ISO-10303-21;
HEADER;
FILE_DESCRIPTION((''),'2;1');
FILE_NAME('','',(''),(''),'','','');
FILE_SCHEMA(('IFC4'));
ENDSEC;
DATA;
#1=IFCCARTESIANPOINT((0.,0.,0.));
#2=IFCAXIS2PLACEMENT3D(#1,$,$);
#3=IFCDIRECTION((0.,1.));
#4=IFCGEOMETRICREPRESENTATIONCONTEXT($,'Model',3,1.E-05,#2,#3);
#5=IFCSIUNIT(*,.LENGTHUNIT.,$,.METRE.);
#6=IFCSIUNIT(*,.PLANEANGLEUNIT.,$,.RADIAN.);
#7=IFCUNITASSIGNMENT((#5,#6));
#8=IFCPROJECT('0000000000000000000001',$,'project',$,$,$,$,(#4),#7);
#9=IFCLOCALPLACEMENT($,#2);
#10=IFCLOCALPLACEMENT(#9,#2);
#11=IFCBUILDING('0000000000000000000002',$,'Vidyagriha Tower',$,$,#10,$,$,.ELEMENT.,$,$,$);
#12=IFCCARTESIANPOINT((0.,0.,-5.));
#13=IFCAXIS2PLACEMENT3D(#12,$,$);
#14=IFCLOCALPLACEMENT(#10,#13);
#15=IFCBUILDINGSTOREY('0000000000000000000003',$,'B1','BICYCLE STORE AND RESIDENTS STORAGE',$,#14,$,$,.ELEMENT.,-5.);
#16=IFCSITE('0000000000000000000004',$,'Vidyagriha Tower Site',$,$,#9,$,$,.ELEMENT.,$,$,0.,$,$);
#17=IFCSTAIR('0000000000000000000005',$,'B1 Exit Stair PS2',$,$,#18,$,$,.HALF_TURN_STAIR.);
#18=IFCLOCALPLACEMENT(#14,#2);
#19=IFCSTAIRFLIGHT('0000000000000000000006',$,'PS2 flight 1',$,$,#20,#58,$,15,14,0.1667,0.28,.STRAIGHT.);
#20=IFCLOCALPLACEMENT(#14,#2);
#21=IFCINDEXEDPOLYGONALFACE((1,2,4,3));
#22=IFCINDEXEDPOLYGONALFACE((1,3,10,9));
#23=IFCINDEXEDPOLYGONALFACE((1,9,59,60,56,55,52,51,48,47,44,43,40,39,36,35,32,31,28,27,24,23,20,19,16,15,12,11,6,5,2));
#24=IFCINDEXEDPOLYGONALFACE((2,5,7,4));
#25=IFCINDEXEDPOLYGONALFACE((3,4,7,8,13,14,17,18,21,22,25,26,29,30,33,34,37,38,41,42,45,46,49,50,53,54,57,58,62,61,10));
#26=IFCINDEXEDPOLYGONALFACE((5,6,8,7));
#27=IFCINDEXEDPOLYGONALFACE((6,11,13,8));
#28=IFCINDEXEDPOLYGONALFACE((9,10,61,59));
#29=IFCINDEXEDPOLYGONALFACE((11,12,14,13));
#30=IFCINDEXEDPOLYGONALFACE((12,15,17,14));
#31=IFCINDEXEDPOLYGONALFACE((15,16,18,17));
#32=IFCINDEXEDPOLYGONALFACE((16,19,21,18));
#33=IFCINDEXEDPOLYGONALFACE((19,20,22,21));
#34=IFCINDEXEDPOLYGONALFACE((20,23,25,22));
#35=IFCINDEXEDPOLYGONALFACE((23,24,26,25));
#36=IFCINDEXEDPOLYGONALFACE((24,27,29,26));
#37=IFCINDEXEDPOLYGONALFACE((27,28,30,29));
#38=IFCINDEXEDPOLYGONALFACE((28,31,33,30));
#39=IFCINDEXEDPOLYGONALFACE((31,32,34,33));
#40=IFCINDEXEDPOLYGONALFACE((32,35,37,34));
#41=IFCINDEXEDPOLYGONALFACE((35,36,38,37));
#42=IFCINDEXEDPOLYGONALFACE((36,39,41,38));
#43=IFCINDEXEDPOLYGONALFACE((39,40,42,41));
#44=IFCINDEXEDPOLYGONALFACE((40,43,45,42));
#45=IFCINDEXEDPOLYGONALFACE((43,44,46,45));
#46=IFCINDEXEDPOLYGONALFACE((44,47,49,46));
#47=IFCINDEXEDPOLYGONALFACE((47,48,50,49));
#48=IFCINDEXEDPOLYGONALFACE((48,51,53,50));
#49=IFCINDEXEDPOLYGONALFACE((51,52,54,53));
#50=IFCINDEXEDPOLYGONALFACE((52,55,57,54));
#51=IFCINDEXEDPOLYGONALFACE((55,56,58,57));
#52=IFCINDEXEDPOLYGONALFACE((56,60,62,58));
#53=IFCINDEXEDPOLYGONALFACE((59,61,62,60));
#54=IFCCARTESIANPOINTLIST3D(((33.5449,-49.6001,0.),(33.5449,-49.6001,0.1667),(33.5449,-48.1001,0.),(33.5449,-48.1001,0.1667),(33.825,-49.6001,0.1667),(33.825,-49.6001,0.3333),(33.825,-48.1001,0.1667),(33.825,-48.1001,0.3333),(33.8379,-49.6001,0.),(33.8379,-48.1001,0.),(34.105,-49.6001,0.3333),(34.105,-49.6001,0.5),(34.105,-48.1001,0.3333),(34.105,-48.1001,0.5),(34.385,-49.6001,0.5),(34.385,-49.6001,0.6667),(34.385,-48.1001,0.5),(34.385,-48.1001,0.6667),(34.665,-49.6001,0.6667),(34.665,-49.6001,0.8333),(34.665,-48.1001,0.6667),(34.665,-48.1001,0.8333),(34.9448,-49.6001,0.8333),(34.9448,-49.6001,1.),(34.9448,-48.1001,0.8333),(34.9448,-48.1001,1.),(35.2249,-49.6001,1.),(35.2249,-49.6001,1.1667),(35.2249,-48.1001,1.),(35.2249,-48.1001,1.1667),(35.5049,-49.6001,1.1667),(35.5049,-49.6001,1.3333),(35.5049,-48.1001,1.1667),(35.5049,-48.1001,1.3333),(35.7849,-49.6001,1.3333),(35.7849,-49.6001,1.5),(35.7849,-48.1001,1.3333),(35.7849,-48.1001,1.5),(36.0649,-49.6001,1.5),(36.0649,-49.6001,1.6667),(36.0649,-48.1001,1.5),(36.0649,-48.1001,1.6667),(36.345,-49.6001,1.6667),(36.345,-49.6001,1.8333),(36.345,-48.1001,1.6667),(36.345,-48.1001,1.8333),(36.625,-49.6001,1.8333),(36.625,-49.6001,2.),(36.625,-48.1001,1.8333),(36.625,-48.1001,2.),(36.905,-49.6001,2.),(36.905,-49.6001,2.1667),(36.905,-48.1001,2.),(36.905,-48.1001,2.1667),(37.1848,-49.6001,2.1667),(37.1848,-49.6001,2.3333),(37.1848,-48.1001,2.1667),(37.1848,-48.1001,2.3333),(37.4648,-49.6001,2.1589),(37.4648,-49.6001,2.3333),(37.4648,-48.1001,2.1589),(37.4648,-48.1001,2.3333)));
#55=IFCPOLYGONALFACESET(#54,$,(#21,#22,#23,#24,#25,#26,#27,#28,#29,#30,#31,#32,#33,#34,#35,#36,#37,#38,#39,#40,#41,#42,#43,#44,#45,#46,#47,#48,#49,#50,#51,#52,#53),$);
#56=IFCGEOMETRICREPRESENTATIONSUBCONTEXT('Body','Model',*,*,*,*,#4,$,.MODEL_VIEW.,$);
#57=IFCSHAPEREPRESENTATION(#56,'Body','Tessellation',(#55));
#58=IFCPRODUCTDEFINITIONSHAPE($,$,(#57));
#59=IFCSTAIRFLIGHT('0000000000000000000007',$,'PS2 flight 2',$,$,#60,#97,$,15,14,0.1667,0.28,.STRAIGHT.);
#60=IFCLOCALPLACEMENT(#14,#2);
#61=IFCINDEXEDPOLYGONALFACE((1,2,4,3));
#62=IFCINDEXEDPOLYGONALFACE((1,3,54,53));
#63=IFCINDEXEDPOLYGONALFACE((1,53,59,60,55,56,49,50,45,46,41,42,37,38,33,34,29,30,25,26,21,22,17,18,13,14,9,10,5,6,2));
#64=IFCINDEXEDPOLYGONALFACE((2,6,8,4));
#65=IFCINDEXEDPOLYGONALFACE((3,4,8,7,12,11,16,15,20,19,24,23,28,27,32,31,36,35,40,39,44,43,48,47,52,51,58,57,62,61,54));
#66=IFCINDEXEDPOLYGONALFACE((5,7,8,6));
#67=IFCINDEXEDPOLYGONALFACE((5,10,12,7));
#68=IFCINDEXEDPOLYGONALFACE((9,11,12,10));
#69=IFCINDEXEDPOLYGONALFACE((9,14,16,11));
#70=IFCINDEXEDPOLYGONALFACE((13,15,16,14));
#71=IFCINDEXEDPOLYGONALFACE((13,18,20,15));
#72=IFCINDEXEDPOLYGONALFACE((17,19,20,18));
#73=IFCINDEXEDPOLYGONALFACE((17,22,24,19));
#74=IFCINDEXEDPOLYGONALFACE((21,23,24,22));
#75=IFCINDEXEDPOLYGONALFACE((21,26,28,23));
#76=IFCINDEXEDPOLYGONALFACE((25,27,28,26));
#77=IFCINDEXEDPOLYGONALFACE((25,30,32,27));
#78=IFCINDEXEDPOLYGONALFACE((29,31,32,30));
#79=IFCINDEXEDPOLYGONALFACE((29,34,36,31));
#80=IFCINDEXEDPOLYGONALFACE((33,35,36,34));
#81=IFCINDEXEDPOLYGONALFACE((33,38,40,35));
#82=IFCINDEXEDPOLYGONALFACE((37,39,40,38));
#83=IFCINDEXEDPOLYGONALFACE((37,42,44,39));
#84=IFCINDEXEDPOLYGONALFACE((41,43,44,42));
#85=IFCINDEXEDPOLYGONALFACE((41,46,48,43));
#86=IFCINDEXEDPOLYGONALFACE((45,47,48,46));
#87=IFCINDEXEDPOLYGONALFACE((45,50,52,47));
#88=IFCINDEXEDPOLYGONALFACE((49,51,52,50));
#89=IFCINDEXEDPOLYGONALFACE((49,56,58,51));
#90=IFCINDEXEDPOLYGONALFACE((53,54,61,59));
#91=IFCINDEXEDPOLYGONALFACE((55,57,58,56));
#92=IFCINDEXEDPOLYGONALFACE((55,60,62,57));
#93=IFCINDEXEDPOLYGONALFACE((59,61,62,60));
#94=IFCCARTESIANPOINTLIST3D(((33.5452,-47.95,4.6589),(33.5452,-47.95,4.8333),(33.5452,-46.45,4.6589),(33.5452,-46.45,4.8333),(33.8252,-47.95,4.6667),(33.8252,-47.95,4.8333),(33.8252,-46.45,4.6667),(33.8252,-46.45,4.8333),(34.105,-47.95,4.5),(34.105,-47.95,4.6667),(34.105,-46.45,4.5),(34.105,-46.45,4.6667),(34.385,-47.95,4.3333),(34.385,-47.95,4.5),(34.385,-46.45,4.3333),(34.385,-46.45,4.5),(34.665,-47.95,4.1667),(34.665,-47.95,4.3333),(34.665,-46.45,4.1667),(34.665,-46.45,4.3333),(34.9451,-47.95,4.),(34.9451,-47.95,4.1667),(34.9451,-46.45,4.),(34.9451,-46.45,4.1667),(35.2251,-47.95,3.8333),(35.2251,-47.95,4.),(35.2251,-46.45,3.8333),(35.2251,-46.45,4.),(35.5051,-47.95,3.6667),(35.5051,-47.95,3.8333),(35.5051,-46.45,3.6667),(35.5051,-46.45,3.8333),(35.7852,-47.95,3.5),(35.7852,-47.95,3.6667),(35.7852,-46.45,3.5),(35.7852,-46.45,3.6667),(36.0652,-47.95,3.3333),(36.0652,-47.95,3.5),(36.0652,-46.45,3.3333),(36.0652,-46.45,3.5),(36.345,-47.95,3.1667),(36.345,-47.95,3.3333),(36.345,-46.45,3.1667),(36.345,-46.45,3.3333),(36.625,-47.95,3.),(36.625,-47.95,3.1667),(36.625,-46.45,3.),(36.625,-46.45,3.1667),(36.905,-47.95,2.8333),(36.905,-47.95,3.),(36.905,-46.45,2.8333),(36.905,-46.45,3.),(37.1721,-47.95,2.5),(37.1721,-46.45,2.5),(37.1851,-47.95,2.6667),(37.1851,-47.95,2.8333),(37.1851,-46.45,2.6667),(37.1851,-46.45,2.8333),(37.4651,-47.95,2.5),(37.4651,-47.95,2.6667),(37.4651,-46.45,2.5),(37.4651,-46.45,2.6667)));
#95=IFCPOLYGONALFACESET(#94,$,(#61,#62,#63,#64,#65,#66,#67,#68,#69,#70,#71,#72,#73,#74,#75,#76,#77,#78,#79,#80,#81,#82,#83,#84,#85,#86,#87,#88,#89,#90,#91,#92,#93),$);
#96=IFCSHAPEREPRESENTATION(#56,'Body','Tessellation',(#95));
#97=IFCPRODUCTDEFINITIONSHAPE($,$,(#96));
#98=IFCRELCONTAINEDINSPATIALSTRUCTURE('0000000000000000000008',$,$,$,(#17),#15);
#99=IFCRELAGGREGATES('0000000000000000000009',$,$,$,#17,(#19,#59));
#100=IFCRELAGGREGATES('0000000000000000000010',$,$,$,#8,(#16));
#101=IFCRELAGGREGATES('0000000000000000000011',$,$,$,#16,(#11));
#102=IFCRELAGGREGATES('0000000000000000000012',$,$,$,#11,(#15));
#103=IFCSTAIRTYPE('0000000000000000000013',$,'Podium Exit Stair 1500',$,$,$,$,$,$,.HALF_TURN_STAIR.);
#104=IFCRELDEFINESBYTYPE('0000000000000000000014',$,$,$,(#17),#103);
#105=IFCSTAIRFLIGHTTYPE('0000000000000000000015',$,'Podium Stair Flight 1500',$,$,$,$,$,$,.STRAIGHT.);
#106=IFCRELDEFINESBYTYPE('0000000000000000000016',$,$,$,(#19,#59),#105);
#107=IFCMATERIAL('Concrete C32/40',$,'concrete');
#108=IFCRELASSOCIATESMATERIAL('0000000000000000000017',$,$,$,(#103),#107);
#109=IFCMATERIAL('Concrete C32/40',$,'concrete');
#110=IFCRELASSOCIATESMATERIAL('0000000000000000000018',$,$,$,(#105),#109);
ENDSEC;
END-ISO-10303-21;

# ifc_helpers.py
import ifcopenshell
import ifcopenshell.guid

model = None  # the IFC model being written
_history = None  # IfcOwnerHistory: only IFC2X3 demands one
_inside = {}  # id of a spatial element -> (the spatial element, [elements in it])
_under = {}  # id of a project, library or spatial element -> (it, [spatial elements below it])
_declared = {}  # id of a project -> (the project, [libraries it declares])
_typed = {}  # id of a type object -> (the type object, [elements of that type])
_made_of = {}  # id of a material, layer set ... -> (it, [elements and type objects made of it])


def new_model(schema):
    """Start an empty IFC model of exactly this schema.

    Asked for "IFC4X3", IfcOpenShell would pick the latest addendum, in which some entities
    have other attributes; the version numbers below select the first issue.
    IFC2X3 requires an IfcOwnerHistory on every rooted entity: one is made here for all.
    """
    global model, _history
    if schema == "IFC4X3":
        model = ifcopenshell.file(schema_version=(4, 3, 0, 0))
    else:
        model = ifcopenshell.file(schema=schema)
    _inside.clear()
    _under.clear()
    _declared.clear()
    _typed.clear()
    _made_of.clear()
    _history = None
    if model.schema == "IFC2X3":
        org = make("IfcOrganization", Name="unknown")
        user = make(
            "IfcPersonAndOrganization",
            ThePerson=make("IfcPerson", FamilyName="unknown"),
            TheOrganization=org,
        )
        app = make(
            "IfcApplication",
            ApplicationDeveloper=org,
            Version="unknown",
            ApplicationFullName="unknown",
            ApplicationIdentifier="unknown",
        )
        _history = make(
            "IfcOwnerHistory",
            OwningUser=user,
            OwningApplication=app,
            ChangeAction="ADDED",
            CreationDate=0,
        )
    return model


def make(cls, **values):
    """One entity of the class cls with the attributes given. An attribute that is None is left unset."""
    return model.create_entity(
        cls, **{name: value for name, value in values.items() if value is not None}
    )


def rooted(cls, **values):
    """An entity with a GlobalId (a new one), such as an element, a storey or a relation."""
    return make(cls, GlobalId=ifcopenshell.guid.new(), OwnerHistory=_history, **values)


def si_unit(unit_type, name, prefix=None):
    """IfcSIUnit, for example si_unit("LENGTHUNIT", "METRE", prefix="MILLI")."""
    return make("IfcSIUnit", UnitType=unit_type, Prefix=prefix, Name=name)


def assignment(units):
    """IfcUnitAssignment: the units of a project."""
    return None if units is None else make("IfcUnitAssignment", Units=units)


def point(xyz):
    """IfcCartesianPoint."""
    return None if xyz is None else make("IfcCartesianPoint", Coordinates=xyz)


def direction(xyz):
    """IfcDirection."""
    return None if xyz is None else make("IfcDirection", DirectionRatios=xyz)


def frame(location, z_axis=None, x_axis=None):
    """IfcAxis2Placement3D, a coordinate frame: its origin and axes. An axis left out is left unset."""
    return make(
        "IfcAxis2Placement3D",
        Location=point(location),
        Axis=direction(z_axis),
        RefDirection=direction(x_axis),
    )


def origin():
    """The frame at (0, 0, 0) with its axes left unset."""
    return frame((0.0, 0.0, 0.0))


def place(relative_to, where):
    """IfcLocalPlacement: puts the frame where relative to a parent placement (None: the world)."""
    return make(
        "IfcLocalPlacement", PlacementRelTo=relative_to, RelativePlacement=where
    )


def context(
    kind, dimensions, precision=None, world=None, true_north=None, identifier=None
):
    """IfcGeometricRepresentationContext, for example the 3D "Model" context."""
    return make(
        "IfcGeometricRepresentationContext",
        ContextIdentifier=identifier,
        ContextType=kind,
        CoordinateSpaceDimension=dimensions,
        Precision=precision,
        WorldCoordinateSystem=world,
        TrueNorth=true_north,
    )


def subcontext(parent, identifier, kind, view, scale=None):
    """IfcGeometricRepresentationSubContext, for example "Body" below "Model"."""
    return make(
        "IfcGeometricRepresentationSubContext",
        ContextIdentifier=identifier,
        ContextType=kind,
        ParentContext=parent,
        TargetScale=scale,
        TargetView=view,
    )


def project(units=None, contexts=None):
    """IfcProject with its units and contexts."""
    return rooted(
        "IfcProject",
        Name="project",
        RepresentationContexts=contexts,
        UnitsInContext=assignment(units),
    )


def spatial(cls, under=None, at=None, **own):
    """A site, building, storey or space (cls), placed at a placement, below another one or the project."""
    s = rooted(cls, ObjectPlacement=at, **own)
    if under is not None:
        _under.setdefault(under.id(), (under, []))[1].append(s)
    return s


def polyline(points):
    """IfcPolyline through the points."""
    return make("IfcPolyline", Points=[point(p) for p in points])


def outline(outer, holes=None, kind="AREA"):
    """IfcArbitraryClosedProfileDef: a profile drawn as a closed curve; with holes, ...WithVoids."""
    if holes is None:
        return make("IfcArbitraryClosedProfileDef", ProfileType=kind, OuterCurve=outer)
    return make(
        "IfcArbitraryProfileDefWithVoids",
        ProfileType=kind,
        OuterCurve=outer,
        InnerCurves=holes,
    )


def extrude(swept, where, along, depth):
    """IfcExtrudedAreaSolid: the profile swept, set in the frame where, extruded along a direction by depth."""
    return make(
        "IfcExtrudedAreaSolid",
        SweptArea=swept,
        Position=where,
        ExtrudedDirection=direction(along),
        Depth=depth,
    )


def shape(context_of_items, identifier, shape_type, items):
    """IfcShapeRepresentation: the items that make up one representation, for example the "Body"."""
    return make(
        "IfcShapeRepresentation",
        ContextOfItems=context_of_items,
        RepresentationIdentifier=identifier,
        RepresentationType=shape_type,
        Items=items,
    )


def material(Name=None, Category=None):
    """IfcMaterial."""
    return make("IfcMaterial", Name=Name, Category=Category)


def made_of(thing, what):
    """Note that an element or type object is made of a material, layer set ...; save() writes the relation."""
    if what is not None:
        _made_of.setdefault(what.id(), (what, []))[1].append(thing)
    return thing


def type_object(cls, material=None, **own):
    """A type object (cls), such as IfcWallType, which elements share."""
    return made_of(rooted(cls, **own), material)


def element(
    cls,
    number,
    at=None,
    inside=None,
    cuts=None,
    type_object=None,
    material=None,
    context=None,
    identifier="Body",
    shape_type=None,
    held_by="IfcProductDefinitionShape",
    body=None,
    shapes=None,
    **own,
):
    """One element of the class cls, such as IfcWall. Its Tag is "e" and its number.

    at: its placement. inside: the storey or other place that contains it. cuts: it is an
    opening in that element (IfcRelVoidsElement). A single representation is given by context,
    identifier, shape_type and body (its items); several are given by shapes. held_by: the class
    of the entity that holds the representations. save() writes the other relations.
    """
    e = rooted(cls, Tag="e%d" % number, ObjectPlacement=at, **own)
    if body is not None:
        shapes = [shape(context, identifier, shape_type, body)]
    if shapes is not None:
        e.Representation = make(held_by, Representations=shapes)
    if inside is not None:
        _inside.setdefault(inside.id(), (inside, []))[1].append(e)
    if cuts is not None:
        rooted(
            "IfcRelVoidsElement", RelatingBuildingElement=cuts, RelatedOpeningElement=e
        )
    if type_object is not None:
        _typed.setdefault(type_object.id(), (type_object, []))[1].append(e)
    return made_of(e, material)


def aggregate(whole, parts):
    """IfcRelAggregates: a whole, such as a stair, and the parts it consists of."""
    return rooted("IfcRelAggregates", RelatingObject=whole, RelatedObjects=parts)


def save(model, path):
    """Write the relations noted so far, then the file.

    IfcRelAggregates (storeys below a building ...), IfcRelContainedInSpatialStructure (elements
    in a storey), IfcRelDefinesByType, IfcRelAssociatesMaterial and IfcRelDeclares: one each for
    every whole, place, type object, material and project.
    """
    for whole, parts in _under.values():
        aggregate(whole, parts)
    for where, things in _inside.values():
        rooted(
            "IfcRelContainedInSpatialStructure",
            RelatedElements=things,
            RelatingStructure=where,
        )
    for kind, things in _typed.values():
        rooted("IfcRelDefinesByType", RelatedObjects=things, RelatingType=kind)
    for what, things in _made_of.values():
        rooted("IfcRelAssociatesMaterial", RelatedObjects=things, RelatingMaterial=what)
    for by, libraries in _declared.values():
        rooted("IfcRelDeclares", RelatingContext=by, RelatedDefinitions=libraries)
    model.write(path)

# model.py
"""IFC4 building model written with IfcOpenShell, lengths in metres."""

from ifc_helpers import new_model, si_unit, direction, frame, origin, place, context, subcontext, project, spatial, polyline, outline, extrude, material, type_object, element, aggregate, save


model = new_model("IFC4")

# Units and contexts
model_context = context("Model", 3, precision=1e-05, world=origin(), true_north=direction((0.0, 1.0)))
body_context = subcontext(model_context, "Body", "Model", "MODEL_VIEW")
ifc_project = project(units=[si_unit("LENGTHUNIT", "METRE"), si_unit("PLANEANGLEUNIT", "RADIAN")], contexts=[model_context])

# Site, building, storey
site_placement = place(None, origin())
site = spatial("IfcSite", under=ifc_project, at=site_placement, Name="Vidyagriha Tower Site", CompositionType="ELEMENT", RefElevation=0.0)
building_placement = place(site_placement, origin())
building = spatial("IfcBuilding", under=site, at=building_placement, Name="Vidyagriha Tower", CompositionType="ELEMENT")
storey_placement = place(building_placement, frame((0.0, 0.0, -5.0)))
storey = spatial("IfcBuildingStorey", under=building, at=storey_placement, Name="B1", Description="BICYCLE STORE AND RESIDENTS STORAGE", CompositionType="ELEMENT", Elevation=-5.0)

# Stair, stair flights
ifc_material_1 = material(Name="Concrete C32/40", Category="concrete")
stair_type = type_object("IfcStairType", Name="Podium Exit Stair 1500", PredefinedType="HALF_TURN_STAIR", material=ifc_material_1)
stair_placement = place(storey_placement, origin())
stair = element("IfcStair", 1, at=stair_placement, inside=storey, type_object=stair_type, Name="B1 Exit Stair PS2", PredefinedType="HALF_TURN_STAIR")
ifc_material_2 = material(Name="Concrete C32/40", Category="concrete")
stair_flight_type = type_object("IfcStairFlightType", Name="Podium Stair Flight 1500", PredefinedType="STRAIGHT", material=ifc_material_2)
stair_flight_1_placement = place(storey_placement, frame((33.5449, -48.8501, 0.0)))
stair_flight_1 = element("IfcStairFlight", 2, at=stair_flight_1_placement, type_object=stair_flight_type, Name="PS2 flight 1", NumberOfRisers=15, NumberOfTreads=14, PredefinedType="STRAIGHT", RiserHeight=0.1667, TreadLength=0.28, context=body_context, shape_type="SweptSolid", body=[
    extrude(outline(polyline([(0.0, 0.0), (0.0, 0.1667), (0.28, 0.1667), (0.28, 0.3333), (0.5601, 0.3333), (0.5601, 0.5), (0.8401, 0.5), (0.8401, 0.6667), (1.1201, 0.6667), (1.1201, 0.8333), (1.3999, 0.8333), (1.3999, 1.0), (1.6799, 1.0), (1.6799, 1.1667), (1.96, 1.1667), (1.96, 1.3333), (2.24, 1.3333), (2.24, 1.5), (2.52, 1.5), (2.52, 1.6667), (2.8, 1.6667), (2.8, 1.8333), (3.0801, 1.8333), (3.0801, 2.0), (3.3601, 2.0), (3.3601, 2.1667), (3.6399, 2.1667), (3.6399, 2.3333), (3.9199, 2.3333), (3.9199, 2.5), (3.9199, 2.1589), (0.293, 0.0), (0.0, 0.0)])), frame((0.0, 0.75, 0.0), z_axis=(0.0, -1.0, 0.0), x_axis=(1.0, 0.0, 0.0)), (0.0, 0.0, 1.0), 1.5),
])
stair_flight_2_placement = place(storey_placement, frame((37.4651, -47.2, 2.5), z_axis=(0.0, 0.0, 1.0), x_axis=(-1.0, 0.0, 0.0)))
stair_flight_2 = element("IfcStairFlight", 3, at=stair_flight_2_placement, type_object=stair_flight_type, Name="PS2 flight 2", NumberOfRisers=15, NumberOfTreads=14, PredefinedType="STRAIGHT", RiserHeight=0.1667, TreadLength=0.28, context=body_context, shape_type="SweptSolid", body=[
    extrude(outline(polyline([(0.0, 0.0), (0.0, 0.1667), (0.28, 0.1667), (0.28, 0.3333), (0.5601, 0.3333), (0.5601, 0.5), (0.8401, 0.5), (0.8401, 0.6667), (1.1201, 0.6667), (1.1201, 0.8333), (1.3999, 0.8333), (1.3999, 1.0), (1.6799, 1.0), (1.6799, 1.1667), (1.96, 1.1667), (1.96, 1.3333), (2.24, 1.3333), (2.24, 1.5), (2.52, 1.5), (2.52, 1.6667), (2.8, 1.6667), (2.8, 1.8333), (3.0801, 1.8333), (3.0801, 2.0), (3.3601, 2.0), (3.3601, 2.1667), (3.6399, 2.1667), (3.6399, 2.3333), (3.9199, 2.3333), (3.9199, 2.5), (3.9199, 2.1589), (0.293, 0.0), (0.0, 0.0)])), frame((0.0, 0.75, 0.0), z_axis=(0.0, -1.0, 0.0), x_axis=(1.0, 0.0, 0.0)), (0.0, 0.0, 1.0), 1.5),
])
aggregate(stair, [stair_flight_1, stair_flight_2])

save(model, "model.ifc")
